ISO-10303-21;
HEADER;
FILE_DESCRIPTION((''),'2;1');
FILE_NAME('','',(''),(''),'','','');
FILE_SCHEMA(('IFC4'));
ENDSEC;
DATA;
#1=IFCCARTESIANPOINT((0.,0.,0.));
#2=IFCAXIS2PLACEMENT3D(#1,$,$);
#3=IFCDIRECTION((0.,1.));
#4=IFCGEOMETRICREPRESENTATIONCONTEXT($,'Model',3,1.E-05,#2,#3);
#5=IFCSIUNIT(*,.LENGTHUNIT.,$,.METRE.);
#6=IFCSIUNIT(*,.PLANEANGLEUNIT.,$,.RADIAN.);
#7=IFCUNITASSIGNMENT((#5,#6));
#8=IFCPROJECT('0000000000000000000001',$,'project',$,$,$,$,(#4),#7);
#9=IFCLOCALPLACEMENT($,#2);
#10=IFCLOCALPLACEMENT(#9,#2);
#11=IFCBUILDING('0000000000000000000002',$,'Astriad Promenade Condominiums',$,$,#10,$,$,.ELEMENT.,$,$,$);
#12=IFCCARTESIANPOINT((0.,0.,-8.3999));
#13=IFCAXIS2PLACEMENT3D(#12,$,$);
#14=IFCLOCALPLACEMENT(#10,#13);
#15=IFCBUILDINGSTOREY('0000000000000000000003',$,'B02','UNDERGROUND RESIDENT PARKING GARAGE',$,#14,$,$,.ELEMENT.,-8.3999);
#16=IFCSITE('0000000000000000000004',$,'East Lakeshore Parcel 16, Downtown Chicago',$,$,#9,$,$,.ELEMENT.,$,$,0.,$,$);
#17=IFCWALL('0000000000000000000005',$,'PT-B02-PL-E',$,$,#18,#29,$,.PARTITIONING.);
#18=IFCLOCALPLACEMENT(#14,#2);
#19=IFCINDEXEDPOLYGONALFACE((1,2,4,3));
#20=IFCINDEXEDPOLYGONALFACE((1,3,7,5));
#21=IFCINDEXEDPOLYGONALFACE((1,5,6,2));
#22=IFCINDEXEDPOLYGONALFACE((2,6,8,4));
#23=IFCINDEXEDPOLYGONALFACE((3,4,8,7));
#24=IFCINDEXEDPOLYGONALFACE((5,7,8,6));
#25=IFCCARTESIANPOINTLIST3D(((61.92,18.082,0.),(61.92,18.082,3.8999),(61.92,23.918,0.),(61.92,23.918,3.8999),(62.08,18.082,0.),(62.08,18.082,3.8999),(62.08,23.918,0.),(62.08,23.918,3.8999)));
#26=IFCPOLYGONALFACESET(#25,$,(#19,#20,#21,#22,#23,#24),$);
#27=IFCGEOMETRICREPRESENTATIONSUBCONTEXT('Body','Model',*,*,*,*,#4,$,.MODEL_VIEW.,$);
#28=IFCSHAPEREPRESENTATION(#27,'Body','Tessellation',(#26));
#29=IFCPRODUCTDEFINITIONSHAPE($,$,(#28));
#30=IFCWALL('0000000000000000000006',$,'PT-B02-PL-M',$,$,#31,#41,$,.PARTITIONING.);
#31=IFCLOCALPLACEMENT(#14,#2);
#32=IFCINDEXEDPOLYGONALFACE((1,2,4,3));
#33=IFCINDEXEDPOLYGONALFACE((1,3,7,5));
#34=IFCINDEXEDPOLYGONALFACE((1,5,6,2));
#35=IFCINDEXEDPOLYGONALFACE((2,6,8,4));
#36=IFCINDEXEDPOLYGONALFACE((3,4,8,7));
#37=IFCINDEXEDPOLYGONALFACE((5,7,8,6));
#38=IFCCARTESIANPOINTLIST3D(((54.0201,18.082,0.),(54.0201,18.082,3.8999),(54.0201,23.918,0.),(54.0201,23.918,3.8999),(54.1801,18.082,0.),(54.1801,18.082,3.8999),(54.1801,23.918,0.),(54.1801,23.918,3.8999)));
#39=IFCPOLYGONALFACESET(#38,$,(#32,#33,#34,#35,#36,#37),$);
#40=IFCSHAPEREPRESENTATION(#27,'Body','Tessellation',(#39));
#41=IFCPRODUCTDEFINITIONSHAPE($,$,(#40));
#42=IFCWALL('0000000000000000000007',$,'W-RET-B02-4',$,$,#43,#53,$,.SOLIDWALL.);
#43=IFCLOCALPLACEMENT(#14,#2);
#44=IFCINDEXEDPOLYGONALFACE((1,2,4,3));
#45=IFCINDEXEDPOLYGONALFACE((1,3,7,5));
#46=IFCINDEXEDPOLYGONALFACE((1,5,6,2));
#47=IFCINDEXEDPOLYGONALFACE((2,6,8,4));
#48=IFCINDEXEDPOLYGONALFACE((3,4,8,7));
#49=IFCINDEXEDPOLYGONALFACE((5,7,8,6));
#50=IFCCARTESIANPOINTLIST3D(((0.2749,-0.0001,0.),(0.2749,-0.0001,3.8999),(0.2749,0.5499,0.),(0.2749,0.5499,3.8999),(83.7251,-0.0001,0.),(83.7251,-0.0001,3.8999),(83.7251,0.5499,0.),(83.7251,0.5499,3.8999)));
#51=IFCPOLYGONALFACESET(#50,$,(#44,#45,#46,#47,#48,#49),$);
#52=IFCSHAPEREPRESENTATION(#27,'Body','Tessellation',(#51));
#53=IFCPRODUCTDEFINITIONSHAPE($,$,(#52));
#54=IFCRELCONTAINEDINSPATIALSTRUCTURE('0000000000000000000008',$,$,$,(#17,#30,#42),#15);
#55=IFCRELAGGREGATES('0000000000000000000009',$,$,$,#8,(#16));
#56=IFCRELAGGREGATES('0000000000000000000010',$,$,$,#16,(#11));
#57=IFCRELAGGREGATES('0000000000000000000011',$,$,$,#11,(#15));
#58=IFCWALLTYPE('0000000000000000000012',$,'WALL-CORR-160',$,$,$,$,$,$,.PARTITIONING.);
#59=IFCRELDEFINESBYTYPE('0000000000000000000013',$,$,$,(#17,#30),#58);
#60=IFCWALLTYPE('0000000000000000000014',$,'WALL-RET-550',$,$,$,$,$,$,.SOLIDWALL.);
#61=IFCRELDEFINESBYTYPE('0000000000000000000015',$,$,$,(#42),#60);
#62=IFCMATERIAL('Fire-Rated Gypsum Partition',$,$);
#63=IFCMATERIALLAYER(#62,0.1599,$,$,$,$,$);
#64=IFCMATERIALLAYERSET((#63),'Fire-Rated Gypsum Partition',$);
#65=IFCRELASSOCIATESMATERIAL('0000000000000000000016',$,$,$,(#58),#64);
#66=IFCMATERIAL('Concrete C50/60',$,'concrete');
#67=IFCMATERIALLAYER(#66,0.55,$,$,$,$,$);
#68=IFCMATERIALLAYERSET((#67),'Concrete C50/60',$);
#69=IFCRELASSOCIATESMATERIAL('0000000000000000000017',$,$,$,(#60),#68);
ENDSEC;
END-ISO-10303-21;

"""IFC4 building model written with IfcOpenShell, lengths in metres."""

from ifc_helpers import new_model, si_unit, direction, frame, frame_2d, origin, place, context, subcontext, project, spatial, rectangle, extrude, material, layer, layer_set, type_object, element, save


model = new_model("IFC4")

# Units and contexts
model_context = context("Model", 3, precision=1e-05, world=origin(), true_north=direction((0.0, 1.0)))
body_context = subcontext(model_context, "Body", "Model", "MODEL_VIEW")
ifc_project = project(units=[si_unit("LENGTHUNIT", "METRE"), si_unit("PLANEANGLEUNIT", "RADIAN")], contexts=[model_context])

# Site, building, storey
site_placement = place(None, origin())
site = spatial("IfcSite", under=ifc_project, at=site_placement, Name="East Lakeshore Parcel 16, Downtown Chicago", CompositionType="ELEMENT", RefElevation=0.0)
building_placement = place(site_placement, origin())
building = spatial("IfcBuilding", under=site, at=building_placement, Name="Astriad Promenade Condominiums", CompositionType="ELEMENT")
storey_placement = place(building_placement, frame((0.0, 0.0, -8.3999)))
storey = spatial("IfcBuildingStorey", under=building, at=storey_placement, Name="B02", Description="UNDERGROUND RESIDENT PARKING GARAGE", CompositionType="ELEMENT", Elevation=-8.3999)

# Shared definitions
ifc_material_1 = material(Name="Concrete C50/60", Category="concrete")

# Walls
ifc_material_2 = material(Name="Fire-Rated Gypsum Partition")
ifc_layer_1 = layer(ifc_material_2, 0.1599)
ifc_layer_set_1 = layer_set([ifc_layer_1], Name="Fire-Rated Gypsum Partition")
wall_type_1 = type_object("IfcWallType", Name="WALL-CORR-160", PredefinedType="PARTITIONING", material=ifc_layer_set_1)
for number, where, z_axis, x_axis, name in (
    (1, (62.0, 18.082, 0.0), (0.0, 0.0, 1.0), (0.0, 1.0, 0.0), "PT-B02-PL-E"),
    (2, (54.1001, 18.082, 0.0), (0.0, 0.0, 1.0), (0.0, 1.0, 0.0), "PT-B02-PL-M"),
):
    element("IfcWall", number, at=place(storey_placement, frame(where, z_axis=z_axis, x_axis=x_axis)), inside=storey, type_object=wall_type_1, Name=name, PredefinedType="PARTITIONING", context=body_context, shape_type="SweptSolid", body=[
        extrude(rectangle(XDim=5.8359, YDim=0.1599, at=frame_2d((2.918, 0.0))), origin(), (0.0, 0.0, 1.0), 3.8999),
    ])
ifc_layer_2 = layer(ifc_material_1, 0.55)
ifc_layer_set_2 = layer_set([ifc_layer_2], Name="Concrete C50/60")
wall_type_2 = type_object("IfcWallType", Name="WALL-RET-550", PredefinedType="SOLIDWALL", material=ifc_layer_set_2)
wall_placement = place(storey_placement, frame((83.7251, 0.2749, 0.0), z_axis=(0.0, 0.0, 1.0), x_axis=(-1.0, 0.0, 0.0)))
element("IfcWall", 3, at=wall_placement, inside=storey, type_object=wall_type_2, Name="W-RET-B02-4", PredefinedType="SOLIDWALL", context=body_context, shape_type="SweptSolid", body=[
    extrude(rectangle(XDim=83.4502, YDim=0.55, at=frame_2d((41.7251, 0.0))), origin(), (0.0, 0.0, 1.0), 3.8999),
])

save(model, "model.ifc")
